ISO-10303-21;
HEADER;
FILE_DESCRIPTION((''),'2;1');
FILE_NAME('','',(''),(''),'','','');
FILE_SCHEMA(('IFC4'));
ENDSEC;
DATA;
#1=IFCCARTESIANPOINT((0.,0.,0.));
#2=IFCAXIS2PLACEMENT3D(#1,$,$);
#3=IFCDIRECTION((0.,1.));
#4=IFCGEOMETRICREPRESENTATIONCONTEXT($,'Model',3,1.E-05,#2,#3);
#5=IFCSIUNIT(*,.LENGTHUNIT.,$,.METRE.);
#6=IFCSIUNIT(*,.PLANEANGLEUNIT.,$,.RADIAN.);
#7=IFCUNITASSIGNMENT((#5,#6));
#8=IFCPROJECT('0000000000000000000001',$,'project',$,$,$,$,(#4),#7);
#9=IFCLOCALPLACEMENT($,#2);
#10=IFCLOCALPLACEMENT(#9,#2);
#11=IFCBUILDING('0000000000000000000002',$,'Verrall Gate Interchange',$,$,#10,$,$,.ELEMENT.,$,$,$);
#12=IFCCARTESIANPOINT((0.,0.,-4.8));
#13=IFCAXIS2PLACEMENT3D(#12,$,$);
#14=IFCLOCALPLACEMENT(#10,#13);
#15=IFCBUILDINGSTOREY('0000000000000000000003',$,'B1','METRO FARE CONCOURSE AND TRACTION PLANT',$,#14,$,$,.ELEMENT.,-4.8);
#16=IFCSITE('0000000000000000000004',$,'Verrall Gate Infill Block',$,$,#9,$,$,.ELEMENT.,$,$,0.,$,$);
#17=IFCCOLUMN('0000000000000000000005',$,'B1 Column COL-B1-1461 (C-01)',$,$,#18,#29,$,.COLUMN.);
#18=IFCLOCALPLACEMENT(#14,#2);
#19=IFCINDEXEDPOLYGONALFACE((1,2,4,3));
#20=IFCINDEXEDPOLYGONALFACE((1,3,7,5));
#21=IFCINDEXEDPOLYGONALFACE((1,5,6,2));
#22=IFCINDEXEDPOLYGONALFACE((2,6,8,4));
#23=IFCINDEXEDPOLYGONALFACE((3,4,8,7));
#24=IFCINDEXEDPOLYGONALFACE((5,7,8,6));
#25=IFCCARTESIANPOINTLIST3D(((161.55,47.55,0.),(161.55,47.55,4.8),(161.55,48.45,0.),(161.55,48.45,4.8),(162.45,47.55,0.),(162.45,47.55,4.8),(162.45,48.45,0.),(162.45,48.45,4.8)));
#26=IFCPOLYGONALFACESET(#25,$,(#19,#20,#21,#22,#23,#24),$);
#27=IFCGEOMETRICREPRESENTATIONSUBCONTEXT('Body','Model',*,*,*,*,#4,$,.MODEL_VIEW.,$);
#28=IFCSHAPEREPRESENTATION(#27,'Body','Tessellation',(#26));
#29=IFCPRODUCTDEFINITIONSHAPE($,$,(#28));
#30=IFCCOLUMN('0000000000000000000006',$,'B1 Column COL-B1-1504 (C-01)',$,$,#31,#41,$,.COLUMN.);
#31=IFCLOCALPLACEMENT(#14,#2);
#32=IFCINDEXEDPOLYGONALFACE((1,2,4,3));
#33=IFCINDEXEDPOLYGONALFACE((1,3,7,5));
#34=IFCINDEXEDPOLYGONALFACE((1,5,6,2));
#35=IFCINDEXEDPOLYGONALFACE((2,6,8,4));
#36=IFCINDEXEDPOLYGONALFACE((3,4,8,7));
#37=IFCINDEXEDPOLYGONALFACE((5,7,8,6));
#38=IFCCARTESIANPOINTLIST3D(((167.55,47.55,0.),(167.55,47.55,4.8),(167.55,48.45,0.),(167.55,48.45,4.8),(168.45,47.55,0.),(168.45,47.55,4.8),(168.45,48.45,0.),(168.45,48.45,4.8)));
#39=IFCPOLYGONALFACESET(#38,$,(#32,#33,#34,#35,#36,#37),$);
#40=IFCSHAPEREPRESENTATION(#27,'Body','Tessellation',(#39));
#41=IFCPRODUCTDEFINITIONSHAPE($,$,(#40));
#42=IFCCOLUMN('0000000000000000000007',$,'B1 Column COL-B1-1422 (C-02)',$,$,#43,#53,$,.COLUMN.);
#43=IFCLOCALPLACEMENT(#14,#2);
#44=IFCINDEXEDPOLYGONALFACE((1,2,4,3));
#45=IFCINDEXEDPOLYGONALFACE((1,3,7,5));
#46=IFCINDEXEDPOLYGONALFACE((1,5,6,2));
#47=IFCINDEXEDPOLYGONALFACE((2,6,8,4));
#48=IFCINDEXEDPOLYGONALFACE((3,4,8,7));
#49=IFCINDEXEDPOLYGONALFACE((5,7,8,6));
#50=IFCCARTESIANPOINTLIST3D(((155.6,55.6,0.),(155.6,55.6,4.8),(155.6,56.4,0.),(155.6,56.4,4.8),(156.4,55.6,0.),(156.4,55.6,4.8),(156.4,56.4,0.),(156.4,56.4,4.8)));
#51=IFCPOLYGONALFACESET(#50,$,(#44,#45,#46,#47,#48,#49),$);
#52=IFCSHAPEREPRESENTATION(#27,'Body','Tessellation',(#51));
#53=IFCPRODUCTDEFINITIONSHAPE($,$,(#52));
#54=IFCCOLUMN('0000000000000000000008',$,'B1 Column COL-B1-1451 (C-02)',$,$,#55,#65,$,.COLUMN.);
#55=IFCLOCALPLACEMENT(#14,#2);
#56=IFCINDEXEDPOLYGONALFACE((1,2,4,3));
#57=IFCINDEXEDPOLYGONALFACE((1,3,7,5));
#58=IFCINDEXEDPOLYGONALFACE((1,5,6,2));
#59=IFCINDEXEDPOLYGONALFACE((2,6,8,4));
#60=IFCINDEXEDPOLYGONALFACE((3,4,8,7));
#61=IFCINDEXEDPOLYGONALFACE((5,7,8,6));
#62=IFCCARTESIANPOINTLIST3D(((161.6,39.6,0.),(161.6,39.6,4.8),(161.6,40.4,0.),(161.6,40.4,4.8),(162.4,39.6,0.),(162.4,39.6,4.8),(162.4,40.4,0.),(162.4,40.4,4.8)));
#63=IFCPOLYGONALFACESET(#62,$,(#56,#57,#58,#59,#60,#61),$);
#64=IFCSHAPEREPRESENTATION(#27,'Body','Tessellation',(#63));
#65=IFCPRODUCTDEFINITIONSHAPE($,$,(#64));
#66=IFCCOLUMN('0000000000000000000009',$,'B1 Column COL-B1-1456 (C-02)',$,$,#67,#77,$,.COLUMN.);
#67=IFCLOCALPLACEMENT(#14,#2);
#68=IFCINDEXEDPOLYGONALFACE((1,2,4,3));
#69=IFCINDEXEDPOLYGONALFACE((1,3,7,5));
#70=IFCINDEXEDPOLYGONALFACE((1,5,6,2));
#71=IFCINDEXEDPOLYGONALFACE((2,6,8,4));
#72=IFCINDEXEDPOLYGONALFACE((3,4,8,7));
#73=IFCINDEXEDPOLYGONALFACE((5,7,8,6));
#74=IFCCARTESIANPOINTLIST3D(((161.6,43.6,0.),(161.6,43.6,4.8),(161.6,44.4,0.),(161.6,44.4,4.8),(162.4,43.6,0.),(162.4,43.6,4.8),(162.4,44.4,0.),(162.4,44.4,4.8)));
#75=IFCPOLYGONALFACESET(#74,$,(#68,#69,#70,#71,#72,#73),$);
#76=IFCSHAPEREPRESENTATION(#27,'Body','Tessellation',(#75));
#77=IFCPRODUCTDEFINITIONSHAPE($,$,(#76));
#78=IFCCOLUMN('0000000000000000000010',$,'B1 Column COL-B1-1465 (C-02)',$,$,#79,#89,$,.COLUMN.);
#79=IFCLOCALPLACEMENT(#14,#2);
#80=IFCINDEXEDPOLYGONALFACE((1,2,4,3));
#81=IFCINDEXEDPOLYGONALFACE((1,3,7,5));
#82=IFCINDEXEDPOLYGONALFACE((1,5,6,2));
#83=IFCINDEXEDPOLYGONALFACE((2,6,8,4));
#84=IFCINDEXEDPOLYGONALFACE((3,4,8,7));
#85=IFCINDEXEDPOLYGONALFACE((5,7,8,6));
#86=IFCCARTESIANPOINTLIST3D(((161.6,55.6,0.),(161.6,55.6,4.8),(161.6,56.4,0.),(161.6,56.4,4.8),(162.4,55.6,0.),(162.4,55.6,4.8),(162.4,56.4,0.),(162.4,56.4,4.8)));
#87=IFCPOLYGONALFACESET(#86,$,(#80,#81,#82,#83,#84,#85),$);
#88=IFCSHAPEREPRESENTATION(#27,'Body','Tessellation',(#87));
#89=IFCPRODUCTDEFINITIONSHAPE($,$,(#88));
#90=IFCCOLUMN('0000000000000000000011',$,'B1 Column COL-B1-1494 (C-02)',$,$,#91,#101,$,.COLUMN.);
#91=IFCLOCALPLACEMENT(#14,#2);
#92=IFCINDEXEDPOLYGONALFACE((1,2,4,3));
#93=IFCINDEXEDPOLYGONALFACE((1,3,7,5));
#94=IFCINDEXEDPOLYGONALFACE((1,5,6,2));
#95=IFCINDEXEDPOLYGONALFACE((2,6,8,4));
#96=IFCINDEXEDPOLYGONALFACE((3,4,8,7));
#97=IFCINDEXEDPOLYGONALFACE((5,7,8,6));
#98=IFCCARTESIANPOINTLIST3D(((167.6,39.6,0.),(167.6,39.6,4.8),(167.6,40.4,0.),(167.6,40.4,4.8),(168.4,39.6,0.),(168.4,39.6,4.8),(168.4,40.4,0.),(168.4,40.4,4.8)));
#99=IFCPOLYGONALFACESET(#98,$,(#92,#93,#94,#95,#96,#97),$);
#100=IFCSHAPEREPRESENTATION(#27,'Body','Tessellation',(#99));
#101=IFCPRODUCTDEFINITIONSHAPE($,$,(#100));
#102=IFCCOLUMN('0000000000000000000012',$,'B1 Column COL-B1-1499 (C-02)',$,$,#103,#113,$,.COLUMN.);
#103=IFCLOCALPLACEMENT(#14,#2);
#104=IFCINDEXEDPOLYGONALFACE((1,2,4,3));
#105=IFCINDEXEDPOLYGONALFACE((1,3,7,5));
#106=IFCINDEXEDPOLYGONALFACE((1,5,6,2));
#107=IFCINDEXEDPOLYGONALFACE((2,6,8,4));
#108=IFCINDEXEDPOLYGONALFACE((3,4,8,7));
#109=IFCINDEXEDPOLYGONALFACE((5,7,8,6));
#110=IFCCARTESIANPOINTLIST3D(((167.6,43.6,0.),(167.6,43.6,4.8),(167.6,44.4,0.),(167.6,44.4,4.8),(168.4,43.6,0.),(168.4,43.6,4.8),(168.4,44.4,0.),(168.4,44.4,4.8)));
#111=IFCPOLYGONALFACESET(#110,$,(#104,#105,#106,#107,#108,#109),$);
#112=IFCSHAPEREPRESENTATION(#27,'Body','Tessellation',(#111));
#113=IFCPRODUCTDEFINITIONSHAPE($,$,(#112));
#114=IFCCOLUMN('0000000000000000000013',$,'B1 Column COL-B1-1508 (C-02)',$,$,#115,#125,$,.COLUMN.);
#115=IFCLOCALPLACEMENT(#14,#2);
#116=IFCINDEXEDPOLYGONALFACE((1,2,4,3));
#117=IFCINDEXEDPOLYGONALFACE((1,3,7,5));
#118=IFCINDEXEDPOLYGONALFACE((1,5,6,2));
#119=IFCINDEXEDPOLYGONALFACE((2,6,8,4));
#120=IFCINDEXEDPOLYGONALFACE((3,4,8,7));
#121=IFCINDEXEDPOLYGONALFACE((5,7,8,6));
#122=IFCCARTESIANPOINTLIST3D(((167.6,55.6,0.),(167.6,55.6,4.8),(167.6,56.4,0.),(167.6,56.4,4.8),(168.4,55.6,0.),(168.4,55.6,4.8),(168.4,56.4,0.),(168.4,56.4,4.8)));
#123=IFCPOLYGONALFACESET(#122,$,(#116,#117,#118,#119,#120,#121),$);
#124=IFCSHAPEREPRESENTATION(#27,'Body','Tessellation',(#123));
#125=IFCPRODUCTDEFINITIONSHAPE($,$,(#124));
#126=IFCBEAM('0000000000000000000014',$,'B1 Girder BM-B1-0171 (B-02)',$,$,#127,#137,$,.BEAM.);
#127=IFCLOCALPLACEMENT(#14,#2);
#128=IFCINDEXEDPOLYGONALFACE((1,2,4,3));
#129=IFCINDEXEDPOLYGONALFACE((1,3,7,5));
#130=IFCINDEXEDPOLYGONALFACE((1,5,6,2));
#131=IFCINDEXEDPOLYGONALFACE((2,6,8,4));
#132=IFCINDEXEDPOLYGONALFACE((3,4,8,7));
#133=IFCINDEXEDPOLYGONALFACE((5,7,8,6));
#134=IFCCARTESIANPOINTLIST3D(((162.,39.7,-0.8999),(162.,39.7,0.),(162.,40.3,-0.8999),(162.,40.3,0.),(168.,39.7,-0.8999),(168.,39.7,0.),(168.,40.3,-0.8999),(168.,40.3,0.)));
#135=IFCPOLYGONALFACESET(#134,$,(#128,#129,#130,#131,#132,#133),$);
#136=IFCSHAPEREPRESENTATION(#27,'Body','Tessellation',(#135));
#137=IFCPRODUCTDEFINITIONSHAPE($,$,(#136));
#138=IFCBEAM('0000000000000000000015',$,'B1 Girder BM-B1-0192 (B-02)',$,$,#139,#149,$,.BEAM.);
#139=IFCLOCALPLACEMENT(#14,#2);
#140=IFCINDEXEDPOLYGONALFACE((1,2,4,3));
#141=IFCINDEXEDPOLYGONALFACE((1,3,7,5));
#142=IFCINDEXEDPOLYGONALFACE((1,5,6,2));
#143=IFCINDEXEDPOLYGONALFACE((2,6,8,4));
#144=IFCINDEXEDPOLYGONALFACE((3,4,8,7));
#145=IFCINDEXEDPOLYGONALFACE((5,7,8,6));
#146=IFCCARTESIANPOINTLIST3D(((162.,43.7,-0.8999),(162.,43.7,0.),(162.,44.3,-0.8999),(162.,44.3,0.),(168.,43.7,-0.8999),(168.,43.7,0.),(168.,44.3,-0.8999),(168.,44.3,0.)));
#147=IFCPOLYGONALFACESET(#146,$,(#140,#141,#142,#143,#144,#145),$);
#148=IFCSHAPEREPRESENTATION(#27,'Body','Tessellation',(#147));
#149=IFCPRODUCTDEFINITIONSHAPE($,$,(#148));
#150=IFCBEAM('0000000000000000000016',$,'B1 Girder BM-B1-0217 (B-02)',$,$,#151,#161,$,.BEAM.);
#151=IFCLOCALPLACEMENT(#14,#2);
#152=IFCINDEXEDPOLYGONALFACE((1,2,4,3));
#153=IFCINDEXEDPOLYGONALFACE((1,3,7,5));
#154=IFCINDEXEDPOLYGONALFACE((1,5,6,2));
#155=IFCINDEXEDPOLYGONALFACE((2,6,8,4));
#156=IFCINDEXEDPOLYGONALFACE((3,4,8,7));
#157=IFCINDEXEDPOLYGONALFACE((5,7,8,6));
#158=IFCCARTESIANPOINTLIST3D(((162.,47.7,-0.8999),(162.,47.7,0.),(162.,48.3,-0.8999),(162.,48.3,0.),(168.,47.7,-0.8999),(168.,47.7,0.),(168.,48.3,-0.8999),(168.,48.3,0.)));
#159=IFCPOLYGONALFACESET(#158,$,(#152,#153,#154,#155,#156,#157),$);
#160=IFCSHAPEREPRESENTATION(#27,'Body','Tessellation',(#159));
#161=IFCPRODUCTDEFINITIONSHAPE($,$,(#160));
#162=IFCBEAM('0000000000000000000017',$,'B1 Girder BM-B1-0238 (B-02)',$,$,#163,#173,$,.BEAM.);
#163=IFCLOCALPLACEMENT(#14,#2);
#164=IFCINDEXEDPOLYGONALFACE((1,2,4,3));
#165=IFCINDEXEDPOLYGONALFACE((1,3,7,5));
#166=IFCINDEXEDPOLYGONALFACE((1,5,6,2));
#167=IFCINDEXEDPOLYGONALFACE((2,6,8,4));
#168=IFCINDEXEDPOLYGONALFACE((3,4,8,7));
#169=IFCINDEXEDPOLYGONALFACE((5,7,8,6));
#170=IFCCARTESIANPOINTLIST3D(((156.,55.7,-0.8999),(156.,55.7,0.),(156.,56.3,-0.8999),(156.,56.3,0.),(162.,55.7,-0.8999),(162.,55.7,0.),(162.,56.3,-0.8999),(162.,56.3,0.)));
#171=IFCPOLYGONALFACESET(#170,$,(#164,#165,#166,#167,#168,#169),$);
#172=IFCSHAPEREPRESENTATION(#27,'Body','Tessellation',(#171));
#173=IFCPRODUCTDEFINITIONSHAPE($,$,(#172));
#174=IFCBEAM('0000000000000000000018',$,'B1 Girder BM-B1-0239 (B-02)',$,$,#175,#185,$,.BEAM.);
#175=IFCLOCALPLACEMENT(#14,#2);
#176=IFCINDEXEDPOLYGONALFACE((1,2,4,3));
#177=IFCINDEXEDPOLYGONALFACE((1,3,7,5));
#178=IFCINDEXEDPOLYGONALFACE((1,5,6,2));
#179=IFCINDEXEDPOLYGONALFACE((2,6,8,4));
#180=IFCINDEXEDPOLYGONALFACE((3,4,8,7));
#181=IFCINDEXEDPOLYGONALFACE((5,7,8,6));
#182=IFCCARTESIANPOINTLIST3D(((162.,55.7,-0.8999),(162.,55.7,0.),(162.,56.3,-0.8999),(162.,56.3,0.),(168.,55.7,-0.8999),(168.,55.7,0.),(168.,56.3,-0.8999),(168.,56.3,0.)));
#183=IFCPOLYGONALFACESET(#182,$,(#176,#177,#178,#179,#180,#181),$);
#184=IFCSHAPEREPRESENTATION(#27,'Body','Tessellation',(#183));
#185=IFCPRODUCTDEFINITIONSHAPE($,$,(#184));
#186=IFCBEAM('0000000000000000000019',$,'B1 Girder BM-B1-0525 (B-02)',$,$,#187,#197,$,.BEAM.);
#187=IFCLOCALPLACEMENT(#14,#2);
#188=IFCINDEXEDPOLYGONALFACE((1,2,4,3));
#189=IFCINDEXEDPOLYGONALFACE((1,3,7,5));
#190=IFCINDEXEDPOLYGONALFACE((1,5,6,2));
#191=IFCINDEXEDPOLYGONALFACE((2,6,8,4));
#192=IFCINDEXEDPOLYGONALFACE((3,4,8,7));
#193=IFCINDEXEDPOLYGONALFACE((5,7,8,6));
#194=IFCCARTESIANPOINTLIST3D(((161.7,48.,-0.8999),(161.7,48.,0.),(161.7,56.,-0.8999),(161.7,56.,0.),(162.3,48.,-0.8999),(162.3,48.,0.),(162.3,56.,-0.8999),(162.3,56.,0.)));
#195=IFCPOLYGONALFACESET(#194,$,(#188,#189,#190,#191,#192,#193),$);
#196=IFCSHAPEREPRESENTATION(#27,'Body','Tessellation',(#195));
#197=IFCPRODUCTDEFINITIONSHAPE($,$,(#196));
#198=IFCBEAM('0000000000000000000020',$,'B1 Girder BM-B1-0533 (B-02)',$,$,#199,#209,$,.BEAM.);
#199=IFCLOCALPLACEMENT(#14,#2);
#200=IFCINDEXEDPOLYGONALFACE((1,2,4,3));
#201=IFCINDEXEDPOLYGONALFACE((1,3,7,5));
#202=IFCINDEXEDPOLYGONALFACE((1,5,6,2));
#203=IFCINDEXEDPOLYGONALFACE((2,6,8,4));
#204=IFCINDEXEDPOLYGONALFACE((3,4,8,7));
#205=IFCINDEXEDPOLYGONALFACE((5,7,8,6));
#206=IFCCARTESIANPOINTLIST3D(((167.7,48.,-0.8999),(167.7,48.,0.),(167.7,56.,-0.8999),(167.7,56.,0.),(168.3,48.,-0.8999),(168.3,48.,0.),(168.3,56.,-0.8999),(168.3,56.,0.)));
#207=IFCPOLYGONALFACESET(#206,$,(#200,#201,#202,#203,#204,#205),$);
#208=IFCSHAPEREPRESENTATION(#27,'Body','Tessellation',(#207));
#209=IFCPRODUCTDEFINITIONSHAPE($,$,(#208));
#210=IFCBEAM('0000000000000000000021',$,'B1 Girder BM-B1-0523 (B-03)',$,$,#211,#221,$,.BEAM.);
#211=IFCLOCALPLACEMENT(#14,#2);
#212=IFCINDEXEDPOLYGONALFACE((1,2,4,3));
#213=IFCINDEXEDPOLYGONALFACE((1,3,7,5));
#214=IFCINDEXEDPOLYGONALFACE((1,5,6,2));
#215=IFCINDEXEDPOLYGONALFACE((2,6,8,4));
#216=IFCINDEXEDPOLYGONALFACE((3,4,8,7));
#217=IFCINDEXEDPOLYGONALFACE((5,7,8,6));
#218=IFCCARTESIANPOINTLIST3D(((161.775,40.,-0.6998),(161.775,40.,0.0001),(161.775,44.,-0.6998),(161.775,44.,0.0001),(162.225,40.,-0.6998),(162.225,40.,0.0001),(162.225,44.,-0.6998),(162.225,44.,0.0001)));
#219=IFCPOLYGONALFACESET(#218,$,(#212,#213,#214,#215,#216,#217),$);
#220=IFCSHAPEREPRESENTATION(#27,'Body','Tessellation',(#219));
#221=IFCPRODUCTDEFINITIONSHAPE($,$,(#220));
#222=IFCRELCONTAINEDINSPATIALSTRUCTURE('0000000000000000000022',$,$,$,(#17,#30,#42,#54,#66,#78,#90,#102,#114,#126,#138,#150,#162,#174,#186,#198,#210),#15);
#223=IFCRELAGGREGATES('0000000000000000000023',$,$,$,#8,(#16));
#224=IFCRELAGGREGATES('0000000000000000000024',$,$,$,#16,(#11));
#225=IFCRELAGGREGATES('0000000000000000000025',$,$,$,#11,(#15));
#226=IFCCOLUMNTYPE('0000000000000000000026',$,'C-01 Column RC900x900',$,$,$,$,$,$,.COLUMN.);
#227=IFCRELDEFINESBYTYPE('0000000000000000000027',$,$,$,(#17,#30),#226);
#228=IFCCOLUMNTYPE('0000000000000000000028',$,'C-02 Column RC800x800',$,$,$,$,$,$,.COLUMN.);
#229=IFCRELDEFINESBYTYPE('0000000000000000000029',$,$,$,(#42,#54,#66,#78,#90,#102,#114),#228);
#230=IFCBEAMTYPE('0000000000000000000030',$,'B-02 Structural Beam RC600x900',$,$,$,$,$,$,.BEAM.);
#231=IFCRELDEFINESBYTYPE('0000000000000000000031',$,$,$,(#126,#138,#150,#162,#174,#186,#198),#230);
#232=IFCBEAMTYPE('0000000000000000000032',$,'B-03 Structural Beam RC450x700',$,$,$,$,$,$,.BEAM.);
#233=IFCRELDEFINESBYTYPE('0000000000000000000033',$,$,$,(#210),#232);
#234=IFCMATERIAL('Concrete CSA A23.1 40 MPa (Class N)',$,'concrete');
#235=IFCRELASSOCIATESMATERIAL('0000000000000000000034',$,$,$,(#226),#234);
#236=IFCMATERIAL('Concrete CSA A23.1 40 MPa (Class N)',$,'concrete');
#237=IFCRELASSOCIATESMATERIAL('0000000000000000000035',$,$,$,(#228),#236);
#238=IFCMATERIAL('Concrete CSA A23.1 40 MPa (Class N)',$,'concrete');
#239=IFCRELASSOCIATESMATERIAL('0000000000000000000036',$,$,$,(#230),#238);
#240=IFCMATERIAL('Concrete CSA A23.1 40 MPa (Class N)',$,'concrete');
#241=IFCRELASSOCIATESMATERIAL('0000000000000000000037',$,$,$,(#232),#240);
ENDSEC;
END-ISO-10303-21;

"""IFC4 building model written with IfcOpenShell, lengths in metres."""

from ifc_helpers import new_model, si_unit, direction, frame, origin, origin_2d, place, context, subcontext, project, spatial, rectangle, extrude, material, material_profile, profile_set, type_object, element, save


model = new_model("IFC4")

# Units and contexts
model_context = context("Model", 3, precision=1e-05, world=origin(), true_north=direction((0.0, 1.0)))
body_context = subcontext(model_context, "Body", "Model", "MODEL_VIEW")
ifc_project = project(units=[si_unit("LENGTHUNIT", "METRE"), si_unit("PLANEANGLEUNIT", "RADIAN")], contexts=[model_context])

# Site, building, storey
site_placement = place(None, origin())
site = spatial("IfcSite", under=ifc_project, at=site_placement, Name="Verrall Gate Infill Block", CompositionType="ELEMENT", RefElevation=0.0)
building_placement = place(site_placement, origin())
building = spatial("IfcBuilding", under=site, at=building_placement, Name="Verrall Gate Interchange", CompositionType="ELEMENT")
storey_placement = place(building_placement, frame((0.0, 0.0, -4.8)))
storey = spatial("IfcBuildingStorey", under=building, at=storey_placement, Name="B1", Description="METRO FARE CONCOURSE AND TRACTION PLANT", CompositionType="ELEMENT", Elevation=-4.8)

# Columns
ifc_material_1 = material(Name="Concrete CSA A23.1 40 MPa (Class N)", Category="concrete")
ifc_material_profile_1 = material_profile(ifc_material_1, rectangle(XDim=0.8999, YDim=0.8999, at=origin_2d()), Name="RC900x900")
ifc_profile_set_1 = profile_set([ifc_material_profile_1], Name="Concrete CSA A23.1 40 MPa (Class N)")
column_type_1 = type_object("IfcColumnType", Name="C-01 Column RC900x900", PredefinedType="COLUMN", material=ifc_profile_set_1)
for number, where, z_axis, x_axis, name in (
    (1, (162.0, 48.0, 0.0), (0.0, 0.0, 1.0), (1.0, 0.0, 0.0), "B1 Column COL-B1-1461 (C-01)"),
    (2, (168.0, 48.0, 0.0), (0.0, 0.0, 1.0), (1.0, 0.0, 0.0), "B1 Column COL-B1-1504 (C-01)"),
):
    element("IfcColumn", number, at=place(storey_placement, frame(where, z_axis=z_axis, x_axis=x_axis)), inside=storey, type_object=column_type_1, Name=name, PredefinedType="COLUMN", context=body_context, shape_type="SweptSolid", body=[
        extrude(rectangle(XDim=0.8999, YDim=0.8999, at=origin_2d()), origin(), (0.0, 0.0, 1.0), 4.8),
    ])
ifc_material_2 = material(Name="Concrete CSA A23.1 40 MPa (Class N)", Category="concrete")
ifc_material_profile_2 = material_profile(ifc_material_2, rectangle(XDim=0.8, YDim=0.8, at=origin_2d()), Name="RC800x800")
ifc_profile_set_2 = profile_set([ifc_material_profile_2], Name="Concrete CSA A23.1 40 MPa (Class N)")
column_type_2 = type_object("IfcColumnType", Name="C-02 Column RC800x800", PredefinedType="COLUMN", material=ifc_profile_set_2)
for number, where, z_axis, x_axis, name in (
    (3, (156.0, 56.0, 0.0), (0.0, 0.0, 1.0), (1.0, 0.0, 0.0), "B1 Column COL-B1-1422 (C-02)"),
    (4, (162.0, 40.0, 0.0), (0.0, 0.0, 1.0), (1.0, 0.0, 0.0), "B1 Column COL-B1-1451 (C-02)"),
    (5, (162.0, 44.0, 0.0), (0.0, 0.0, 1.0), (1.0, 0.0, 0.0), "B1 Column COL-B1-1456 (C-02)"),
    (6, (162.0, 56.0, 0.0), (0.0, 0.0, 1.0), (1.0, 0.0, 0.0), "B1 Column COL-B1-1465 (C-02)"),
    (7, (168.0, 40.0, 0.0), (0.0, 0.0, 1.0), (1.0, 0.0, 0.0), "B1 Column COL-B1-1494 (C-02)"),
    (8, (168.0, 44.0, 0.0), (0.0, 0.0, 1.0), (1.0, 0.0, 0.0), "B1 Column COL-B1-1499 (C-02)"),
    (9, (168.0, 56.0, 0.0), (0.0, 0.0, 1.0), (1.0, 0.0, 0.0), "B1 Column COL-B1-1508 (C-02)"),
):
    element("IfcColumn", number, at=place(storey_placement, frame(where, z_axis=z_axis, x_axis=x_axis)), inside=storey, type_object=column_type_2, Name=name, PredefinedType="COLUMN", context=body_context, shape_type="SweptSolid", body=[
        extrude(rectangle(XDim=0.8, YDim=0.8, at=origin_2d()), origin(), (0.0, 0.0, 1.0), 4.8),
    ])

# Beams
ifc_material_3 = material(Name="Concrete CSA A23.1 40 MPa (Class N)", Category="concrete")
ifc_material_profile_3 = material_profile(ifc_material_3, rectangle(XDim=0.6001, YDim=0.8999, at=origin_2d()), Name="RC600x900")
ifc_profile_set_3 = profile_set([ifc_material_profile_3], Name="Concrete CSA A23.1 40 MPa (Class N)")
beam_type_1 = type_object("IfcBeamType", Name="B-02 Structural Beam RC600x900", PredefinedType="BEAM", material=ifc_profile_set_3)
for number, where, z_axis, x_axis, name in (
    (10, (162.0, 40.0, -0.45), (1.0, 0.0, 0.0), (0.0, 1.0, 0.0), "B1 Girder BM-B1-0171 (B-02)"),
    (11, (162.0, 44.0, -0.45), (1.0, 0.0, 0.0), (0.0, 1.0, 0.0), "B1 Girder BM-B1-0192 (B-02)"),
    (12, (162.0, 48.0, -0.45), (1.0, 0.0, 0.0), (0.0, 1.0, 0.0), "B1 Girder BM-B1-0217 (B-02)"),
    (13, (156.0, 56.0, -0.45), (1.0, 0.0, 0.0), (0.0, 1.0, 0.0), "B1 Girder BM-B1-0238 (B-02)"),
    (14, (162.0, 56.0, -0.45), (1.0, 0.0, 0.0), (0.0, 1.0, 0.0), "B1 Girder BM-B1-0239 (B-02)"),
):
    element("IfcBeam", number, at=place(storey_placement, frame(where, z_axis=z_axis, x_axis=x_axis)), inside=storey, type_object=beam_type_1, Name=name, PredefinedType="BEAM", context=body_context, shape_type="SweptSolid", body=[
        extrude(rectangle(XDim=0.6001, YDim=0.8999, at=origin_2d()), origin(), (0.0, 0.0, 1.0), 6.0),
    ])
for number, where, z_axis, x_axis, name in (
    (15, (162.0, 48.0, -0.45), (0.0, 1.0, 0.0), (-1.0, 0.0, 0.0), "B1 Girder BM-B1-0525 (B-02)"),
    (16, (168.0, 48.0, -0.45), (0.0, 1.0, 0.0), (-1.0, 0.0, 0.0), "B1 Girder BM-B1-0533 (B-02)"),
):
    element("IfcBeam", number, at=place(storey_placement, frame(where, z_axis=z_axis, x_axis=x_axis)), inside=storey, type_object=beam_type_1, Name=name, PredefinedType="BEAM", context=body_context, shape_type="SweptSolid", body=[
        extrude(rectangle(XDim=0.6001, YDim=0.8999, at=origin_2d()), origin(), (0.0, 0.0, 1.0), 8.0),
    ])
ifc_material_4 = material(Name="Concrete CSA A23.1 40 MPa (Class N)", Category="concrete")
ifc_material_profile_4 = material_profile(ifc_material_4, rectangle(XDim=0.45, YDim=0.7, at=origin_2d()), Name="RC450x700")
ifc_profile_set_4 = profile_set([ifc_material_profile_4], Name="Concrete CSA A23.1 40 MPa (Class N)")
beam_type_2 = type_object("IfcBeamType", Name="B-03 Structural Beam RC450x700", PredefinedType="BEAM", material=ifc_profile_set_4)
for number, where, z_axis, x_axis, name in (
    (17, (162.0, 40.0, -0.3499), (0.0, 1.0, 0.0), (-1.0, 0.0, 0.0), "B1 Girder BM-B1-0523 (B-03)"),
):
    element("IfcBeam", number, at=place(storey_placement, frame(where, z_axis=z_axis, x_axis=x_axis)), inside=storey, type_object=beam_type_2, Name=name, PredefinedType="BEAM", context=body_context, shape_type="SweptSolid", body=[
        extrude(rectangle(XDim=0.45, YDim=0.7, at=origin_2d()), origin(), (0.0, 0.0, 1.0), 4.0),
    ])

save(model, "model.ifc")
